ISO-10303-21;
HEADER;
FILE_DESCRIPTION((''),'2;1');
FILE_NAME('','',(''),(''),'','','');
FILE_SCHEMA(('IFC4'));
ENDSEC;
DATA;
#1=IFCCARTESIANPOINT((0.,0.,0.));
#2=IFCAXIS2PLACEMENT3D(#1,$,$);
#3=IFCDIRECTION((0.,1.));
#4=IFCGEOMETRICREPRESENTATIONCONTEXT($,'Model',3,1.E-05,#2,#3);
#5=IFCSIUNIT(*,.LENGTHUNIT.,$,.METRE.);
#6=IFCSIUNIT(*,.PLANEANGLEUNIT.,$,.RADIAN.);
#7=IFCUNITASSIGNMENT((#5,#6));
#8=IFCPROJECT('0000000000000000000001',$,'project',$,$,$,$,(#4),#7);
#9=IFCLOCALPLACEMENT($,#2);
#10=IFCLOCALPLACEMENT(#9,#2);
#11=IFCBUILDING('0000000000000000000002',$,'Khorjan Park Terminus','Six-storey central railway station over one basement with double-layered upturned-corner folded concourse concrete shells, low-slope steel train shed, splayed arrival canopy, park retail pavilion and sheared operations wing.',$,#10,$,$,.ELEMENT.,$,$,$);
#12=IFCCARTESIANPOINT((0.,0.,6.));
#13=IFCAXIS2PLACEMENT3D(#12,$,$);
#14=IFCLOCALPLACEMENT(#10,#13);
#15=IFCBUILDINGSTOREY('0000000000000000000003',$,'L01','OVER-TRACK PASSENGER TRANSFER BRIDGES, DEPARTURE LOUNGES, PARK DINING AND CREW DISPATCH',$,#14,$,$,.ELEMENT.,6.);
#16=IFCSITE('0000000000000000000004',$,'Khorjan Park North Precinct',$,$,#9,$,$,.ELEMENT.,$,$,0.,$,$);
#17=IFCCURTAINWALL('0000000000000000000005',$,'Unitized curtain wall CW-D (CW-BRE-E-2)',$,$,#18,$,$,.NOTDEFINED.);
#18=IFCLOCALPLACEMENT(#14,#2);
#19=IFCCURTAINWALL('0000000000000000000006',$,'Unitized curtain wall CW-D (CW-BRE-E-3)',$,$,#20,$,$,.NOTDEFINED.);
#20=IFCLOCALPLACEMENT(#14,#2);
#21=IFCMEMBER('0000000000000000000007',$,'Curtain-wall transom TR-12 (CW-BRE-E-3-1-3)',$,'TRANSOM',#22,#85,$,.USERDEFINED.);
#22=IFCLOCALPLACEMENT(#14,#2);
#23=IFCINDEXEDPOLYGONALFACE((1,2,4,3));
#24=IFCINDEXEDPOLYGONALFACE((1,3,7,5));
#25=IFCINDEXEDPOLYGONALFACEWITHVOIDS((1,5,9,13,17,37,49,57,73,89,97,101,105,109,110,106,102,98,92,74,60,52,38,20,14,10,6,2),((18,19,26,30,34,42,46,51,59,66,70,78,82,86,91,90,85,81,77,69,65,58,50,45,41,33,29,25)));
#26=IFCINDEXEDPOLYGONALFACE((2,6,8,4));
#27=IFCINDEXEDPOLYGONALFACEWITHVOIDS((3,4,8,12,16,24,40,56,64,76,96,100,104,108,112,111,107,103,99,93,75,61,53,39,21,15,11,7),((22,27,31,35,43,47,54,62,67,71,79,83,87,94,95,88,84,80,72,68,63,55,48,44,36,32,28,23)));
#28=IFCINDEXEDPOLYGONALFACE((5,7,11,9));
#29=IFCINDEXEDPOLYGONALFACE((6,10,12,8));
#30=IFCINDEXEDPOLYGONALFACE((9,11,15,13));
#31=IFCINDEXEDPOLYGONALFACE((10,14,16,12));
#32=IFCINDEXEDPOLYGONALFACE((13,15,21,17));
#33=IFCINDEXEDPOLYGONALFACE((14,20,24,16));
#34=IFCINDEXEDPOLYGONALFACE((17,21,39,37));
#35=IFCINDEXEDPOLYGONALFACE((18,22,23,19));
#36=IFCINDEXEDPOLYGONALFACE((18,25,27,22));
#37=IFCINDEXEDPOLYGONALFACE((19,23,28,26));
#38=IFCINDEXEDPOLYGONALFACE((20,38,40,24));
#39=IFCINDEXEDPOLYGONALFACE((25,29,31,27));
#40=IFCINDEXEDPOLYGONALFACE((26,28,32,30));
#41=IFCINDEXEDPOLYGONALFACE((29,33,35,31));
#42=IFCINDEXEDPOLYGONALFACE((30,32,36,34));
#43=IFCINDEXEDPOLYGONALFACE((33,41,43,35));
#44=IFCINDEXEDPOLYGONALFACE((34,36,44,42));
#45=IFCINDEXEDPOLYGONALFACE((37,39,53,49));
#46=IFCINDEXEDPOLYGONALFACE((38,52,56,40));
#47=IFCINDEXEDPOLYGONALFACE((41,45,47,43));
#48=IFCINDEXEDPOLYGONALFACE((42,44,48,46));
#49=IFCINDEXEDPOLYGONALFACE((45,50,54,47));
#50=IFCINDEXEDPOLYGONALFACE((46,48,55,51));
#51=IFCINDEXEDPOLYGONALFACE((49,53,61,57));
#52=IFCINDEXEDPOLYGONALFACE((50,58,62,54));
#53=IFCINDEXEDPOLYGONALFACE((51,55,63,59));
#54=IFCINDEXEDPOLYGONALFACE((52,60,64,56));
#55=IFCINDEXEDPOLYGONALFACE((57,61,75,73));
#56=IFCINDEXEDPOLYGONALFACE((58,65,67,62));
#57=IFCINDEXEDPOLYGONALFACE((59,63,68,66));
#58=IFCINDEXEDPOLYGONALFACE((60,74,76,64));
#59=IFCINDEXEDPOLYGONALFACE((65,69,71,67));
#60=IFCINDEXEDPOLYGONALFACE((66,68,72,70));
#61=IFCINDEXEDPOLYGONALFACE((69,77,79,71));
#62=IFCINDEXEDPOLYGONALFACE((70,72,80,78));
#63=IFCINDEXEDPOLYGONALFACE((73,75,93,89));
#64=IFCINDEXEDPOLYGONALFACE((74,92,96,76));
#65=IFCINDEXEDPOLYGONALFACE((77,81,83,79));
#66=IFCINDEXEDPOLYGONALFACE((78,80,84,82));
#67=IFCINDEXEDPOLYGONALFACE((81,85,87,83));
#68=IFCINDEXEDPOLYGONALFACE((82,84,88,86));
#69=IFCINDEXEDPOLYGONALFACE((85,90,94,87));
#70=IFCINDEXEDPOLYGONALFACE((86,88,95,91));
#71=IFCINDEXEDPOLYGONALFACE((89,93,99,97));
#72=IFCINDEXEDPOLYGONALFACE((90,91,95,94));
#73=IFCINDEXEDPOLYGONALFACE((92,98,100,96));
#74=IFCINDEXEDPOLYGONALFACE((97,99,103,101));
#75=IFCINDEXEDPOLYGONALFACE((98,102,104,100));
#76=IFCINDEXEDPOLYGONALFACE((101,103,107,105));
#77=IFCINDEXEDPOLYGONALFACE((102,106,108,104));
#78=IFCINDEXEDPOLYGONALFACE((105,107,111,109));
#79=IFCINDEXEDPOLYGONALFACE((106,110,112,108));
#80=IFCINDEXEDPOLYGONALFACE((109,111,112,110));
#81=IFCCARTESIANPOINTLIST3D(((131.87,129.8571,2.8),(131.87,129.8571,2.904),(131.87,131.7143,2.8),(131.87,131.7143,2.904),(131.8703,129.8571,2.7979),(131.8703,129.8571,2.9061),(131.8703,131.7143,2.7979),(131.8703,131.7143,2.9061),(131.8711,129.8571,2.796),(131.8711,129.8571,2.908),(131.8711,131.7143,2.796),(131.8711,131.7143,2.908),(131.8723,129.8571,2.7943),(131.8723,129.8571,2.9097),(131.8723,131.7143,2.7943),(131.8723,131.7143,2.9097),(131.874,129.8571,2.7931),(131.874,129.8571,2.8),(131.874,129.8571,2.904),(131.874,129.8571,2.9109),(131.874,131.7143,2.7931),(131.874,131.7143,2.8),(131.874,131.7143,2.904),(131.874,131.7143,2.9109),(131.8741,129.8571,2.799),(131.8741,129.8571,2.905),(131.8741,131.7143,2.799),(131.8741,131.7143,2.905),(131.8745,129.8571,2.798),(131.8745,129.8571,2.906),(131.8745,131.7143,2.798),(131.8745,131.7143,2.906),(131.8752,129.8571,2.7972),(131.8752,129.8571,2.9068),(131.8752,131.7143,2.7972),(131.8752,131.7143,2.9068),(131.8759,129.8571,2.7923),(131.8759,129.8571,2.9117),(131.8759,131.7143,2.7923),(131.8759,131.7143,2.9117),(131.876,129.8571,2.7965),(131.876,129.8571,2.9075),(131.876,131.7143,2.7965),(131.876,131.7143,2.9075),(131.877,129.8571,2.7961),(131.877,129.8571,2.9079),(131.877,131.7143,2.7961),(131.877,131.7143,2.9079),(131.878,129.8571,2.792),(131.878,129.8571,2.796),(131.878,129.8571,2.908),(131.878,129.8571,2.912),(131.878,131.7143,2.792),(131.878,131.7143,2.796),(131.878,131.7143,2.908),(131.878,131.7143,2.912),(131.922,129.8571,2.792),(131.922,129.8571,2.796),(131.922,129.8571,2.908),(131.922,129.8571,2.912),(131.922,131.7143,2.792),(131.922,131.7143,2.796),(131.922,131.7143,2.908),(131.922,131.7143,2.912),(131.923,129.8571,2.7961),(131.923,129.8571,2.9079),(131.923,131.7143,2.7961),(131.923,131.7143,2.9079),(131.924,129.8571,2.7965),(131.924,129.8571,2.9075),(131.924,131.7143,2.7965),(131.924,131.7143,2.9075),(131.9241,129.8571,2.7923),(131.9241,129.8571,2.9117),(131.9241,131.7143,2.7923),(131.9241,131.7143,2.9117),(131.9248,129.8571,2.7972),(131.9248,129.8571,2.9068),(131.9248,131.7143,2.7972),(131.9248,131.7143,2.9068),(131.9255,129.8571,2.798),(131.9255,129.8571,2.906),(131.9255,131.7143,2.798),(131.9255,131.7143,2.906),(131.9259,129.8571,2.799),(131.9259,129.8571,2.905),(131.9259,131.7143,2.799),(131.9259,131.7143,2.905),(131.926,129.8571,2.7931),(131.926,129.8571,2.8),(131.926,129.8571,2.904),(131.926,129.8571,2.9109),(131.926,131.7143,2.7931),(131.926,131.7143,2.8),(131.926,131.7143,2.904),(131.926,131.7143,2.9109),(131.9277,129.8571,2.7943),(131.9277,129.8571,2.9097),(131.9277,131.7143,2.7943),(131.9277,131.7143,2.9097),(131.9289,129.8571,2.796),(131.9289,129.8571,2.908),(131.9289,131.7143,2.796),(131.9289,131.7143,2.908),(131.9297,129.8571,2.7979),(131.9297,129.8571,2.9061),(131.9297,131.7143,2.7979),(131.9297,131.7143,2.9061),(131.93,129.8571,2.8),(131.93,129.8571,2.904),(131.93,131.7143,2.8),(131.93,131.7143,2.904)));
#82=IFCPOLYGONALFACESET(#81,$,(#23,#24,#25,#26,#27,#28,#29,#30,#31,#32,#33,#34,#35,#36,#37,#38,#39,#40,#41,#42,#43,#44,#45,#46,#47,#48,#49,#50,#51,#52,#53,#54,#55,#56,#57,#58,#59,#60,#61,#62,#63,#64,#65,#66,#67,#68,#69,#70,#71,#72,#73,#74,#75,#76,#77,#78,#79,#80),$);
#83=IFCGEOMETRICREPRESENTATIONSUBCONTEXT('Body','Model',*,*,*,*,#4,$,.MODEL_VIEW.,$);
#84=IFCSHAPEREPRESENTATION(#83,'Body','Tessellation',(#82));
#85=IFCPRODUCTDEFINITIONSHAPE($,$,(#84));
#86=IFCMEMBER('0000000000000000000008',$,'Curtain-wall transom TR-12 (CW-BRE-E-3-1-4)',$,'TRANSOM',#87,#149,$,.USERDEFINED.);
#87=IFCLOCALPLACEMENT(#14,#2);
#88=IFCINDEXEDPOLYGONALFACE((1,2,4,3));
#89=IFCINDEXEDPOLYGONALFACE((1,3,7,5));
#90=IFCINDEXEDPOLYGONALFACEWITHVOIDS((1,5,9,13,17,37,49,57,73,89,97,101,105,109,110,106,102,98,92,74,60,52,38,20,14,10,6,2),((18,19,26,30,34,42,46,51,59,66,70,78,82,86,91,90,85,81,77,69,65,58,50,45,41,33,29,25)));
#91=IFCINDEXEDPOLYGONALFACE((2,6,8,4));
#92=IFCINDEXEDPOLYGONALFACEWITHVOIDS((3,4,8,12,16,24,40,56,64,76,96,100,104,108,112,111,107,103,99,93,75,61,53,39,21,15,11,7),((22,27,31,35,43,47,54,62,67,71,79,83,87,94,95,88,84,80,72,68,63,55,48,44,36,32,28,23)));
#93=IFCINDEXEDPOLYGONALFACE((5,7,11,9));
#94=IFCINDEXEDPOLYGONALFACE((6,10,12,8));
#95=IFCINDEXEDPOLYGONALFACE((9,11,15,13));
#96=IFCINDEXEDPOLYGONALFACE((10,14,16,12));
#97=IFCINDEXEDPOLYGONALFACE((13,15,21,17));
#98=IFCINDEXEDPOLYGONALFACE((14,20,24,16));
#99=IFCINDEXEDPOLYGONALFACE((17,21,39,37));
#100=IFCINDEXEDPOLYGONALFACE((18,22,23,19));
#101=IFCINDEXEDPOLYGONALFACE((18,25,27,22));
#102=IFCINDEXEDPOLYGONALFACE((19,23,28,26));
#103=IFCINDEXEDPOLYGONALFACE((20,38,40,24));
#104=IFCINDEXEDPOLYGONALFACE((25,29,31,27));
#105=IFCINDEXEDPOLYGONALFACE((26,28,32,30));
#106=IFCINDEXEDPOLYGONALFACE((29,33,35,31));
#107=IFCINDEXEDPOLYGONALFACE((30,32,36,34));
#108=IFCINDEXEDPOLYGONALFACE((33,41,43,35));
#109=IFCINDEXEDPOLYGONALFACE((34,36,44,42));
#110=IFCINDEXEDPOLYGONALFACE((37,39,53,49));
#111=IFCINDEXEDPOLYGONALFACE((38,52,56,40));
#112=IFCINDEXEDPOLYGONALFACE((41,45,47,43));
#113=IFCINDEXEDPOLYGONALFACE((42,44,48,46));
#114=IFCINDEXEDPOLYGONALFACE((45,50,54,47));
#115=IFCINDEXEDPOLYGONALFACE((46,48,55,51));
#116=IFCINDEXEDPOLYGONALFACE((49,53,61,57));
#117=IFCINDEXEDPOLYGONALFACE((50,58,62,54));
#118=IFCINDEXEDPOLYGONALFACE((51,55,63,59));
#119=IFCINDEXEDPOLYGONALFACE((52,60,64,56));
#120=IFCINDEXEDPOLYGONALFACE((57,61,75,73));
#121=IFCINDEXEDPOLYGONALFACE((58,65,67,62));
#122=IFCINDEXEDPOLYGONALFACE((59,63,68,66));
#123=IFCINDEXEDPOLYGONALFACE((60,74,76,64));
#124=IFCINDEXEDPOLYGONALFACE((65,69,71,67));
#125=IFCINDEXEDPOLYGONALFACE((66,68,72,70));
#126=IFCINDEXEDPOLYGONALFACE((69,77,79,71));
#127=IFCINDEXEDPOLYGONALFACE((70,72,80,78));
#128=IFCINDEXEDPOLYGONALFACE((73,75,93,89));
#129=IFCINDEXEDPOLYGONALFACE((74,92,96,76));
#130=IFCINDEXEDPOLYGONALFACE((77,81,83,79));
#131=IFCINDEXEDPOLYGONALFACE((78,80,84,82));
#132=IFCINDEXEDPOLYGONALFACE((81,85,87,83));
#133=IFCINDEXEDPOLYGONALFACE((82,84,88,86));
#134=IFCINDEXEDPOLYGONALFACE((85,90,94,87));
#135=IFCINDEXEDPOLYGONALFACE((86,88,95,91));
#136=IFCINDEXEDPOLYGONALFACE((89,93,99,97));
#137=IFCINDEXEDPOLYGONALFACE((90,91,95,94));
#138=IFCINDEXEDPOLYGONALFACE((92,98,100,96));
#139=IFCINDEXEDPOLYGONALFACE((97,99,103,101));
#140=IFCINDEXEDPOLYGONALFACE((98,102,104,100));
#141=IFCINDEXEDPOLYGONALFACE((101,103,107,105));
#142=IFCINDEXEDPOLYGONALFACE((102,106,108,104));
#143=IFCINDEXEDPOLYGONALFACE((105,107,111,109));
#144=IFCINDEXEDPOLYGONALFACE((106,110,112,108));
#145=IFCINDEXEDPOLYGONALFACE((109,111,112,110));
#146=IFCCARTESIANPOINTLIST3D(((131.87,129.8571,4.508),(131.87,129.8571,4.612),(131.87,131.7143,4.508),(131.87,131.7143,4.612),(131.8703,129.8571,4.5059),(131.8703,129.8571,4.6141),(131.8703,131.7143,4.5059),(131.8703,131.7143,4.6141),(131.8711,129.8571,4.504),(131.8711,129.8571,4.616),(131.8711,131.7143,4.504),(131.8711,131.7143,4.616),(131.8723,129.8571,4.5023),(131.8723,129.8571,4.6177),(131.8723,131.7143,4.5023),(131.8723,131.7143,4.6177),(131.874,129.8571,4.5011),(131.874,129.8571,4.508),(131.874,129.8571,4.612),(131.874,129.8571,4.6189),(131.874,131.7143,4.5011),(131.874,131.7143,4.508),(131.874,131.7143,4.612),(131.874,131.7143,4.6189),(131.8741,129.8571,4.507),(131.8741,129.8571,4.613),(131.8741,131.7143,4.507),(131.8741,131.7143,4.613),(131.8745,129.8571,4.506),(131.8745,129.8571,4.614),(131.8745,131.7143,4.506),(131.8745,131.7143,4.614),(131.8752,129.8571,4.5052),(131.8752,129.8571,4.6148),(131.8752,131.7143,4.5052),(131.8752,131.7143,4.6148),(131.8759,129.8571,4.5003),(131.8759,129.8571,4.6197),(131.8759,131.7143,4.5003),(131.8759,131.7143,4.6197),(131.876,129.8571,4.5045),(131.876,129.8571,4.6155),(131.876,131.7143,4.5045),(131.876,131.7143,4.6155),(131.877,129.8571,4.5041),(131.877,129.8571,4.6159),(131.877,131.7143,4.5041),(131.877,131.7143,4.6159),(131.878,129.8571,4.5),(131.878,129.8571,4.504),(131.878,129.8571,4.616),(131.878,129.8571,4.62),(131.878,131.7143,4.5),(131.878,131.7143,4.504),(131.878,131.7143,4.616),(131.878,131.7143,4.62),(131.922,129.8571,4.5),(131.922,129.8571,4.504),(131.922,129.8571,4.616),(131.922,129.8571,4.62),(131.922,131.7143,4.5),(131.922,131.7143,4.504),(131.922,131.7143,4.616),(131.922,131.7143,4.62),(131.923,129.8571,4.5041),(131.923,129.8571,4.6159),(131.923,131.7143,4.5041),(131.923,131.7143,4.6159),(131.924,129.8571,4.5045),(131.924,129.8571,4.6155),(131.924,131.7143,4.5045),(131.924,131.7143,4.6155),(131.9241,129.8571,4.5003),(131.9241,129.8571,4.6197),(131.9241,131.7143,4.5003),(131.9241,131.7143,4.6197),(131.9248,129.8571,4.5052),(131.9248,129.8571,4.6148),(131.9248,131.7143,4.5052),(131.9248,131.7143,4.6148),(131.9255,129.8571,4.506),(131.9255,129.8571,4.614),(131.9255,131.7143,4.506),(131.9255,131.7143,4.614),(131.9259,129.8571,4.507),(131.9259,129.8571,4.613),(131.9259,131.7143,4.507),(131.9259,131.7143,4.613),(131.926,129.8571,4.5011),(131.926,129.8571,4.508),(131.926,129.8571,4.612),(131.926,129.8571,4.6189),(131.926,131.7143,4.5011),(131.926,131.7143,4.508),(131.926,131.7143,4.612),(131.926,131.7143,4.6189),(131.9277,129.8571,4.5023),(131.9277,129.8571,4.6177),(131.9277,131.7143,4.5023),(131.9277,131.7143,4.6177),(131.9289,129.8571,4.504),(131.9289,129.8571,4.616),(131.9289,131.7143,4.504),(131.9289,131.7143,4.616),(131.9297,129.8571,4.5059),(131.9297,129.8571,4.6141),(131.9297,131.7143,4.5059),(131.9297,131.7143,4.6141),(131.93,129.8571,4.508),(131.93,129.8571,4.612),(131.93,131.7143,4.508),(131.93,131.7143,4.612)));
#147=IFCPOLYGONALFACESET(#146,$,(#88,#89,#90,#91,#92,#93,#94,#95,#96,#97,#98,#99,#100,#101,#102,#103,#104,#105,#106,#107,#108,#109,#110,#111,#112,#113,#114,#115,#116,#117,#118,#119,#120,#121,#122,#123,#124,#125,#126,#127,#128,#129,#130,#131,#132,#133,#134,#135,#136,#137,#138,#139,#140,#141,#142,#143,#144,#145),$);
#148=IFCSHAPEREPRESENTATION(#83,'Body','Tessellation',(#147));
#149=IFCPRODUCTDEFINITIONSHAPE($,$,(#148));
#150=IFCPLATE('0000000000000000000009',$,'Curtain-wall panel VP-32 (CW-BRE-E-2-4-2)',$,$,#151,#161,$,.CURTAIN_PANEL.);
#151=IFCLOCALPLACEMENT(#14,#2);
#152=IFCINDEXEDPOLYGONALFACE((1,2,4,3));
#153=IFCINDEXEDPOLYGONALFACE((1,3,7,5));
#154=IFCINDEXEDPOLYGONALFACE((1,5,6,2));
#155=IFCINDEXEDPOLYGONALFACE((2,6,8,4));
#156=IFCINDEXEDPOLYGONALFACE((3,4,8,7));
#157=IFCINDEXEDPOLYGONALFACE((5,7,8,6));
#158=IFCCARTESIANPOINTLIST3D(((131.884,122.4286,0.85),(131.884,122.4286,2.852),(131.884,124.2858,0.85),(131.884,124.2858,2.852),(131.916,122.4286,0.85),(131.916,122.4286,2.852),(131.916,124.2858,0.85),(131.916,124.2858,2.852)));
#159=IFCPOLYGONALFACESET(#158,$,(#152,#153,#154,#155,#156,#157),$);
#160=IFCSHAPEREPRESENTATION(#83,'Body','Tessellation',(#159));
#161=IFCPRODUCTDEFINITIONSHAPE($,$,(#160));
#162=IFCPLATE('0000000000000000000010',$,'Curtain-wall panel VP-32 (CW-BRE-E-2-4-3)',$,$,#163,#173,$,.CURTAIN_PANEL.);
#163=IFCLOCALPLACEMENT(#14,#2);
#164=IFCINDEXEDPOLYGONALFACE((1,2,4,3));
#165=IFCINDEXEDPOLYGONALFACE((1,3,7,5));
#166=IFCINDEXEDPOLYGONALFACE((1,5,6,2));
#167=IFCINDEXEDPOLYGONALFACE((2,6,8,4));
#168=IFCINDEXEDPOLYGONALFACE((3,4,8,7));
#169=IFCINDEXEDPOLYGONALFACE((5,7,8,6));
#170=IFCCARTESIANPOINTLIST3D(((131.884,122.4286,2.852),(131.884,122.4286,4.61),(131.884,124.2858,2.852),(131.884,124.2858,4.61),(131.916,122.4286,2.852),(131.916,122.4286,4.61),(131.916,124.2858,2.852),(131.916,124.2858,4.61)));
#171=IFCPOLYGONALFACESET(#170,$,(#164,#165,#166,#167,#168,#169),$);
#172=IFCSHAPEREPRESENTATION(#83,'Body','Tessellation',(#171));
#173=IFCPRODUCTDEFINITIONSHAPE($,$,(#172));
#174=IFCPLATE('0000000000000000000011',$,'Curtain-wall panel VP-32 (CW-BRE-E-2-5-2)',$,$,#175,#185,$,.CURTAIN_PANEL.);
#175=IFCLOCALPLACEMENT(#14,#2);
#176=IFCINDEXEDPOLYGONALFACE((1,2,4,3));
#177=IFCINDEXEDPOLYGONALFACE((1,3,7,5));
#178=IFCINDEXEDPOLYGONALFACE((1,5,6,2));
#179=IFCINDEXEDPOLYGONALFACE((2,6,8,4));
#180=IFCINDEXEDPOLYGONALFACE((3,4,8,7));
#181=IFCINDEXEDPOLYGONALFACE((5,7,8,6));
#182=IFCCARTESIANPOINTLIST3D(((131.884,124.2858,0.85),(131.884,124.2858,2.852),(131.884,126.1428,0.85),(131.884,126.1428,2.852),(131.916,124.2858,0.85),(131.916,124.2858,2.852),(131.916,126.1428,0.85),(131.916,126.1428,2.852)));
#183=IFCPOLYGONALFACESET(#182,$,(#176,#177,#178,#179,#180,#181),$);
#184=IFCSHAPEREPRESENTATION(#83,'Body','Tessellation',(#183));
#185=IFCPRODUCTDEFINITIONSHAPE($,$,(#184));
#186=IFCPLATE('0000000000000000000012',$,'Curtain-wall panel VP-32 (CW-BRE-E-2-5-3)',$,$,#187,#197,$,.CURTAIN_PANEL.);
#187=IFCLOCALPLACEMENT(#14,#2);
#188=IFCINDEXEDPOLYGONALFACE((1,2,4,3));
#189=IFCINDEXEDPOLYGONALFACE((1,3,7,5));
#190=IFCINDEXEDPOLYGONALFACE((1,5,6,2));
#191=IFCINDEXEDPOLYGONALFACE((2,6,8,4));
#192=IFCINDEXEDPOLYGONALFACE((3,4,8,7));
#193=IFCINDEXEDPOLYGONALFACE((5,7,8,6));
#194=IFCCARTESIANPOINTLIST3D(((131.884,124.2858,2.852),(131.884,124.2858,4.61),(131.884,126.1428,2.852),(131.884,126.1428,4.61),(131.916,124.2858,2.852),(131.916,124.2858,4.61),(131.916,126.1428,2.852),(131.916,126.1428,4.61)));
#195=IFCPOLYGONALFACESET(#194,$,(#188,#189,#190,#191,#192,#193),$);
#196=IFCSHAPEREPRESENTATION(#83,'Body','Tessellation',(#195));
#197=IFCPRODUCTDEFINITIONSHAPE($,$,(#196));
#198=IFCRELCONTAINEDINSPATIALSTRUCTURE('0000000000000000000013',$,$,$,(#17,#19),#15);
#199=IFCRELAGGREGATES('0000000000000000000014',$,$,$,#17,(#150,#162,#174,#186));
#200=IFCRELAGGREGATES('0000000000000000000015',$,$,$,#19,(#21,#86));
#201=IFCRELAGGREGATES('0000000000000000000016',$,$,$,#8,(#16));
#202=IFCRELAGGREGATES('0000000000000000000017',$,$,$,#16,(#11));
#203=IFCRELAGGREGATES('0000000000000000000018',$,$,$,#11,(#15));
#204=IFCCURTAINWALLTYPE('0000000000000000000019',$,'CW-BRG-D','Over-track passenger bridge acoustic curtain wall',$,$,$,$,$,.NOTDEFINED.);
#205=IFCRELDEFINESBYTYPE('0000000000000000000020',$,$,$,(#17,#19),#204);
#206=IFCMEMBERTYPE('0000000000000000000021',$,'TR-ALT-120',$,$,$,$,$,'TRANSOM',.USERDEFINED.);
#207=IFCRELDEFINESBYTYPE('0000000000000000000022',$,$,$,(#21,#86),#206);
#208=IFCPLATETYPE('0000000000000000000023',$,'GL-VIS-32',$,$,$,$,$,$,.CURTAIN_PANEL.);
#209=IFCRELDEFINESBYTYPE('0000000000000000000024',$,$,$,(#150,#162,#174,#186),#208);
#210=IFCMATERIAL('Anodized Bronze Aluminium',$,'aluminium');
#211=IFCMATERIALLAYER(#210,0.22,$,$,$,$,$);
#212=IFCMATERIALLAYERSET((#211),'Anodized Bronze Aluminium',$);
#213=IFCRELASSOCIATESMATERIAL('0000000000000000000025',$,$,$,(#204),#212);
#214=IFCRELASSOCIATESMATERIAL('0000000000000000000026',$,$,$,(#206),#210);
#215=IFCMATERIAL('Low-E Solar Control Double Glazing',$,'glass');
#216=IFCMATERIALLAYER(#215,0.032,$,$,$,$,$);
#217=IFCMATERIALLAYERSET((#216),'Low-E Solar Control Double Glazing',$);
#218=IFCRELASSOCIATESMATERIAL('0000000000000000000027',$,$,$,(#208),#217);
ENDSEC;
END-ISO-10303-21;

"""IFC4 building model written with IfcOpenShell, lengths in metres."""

from ifc_helpers import new_model, si_unit, direction, frame, origin, origin_2d, place, context, subcontext, project, spatial, rectangle, hollow_rectangle, extrude, material, layer, layer_set, material_profile, profile_set, type_object, element, aggregate, save


model = new_model("IFC4")

# Units and contexts
model_context = context("Model", 3, precision=1e-05, world=origin(), true_north=direction((0.0, 1.0)))
body_context = subcontext(model_context, "Body", "Model", "MODEL_VIEW")
ifc_project = project(units=[si_unit("LENGTHUNIT", "METRE"), si_unit("PLANEANGLEUNIT", "RADIAN")], contexts=[model_context])

# Site, building, storey
site_placement = place(None, origin())
site = spatial("IfcSite", under=ifc_project, at=site_placement, Name="Khorjan Park North Precinct", CompositionType="ELEMENT", RefElevation=0.0)
building_placement = place(site_placement, origin())
building = spatial("IfcBuilding", under=site, at=building_placement, Name="Khorjan Park Terminus", Description="Six-storey central railway station over one basement with double-layered upturned-corner folded concourse concrete shells, low-slope steel train shed, splayed arrival canopy, park retail pavilion and sheared operations wing.", CompositionType="ELEMENT")
storey_placement = place(building_placement, frame((0.0, 0.0, 6.0)))
storey = spatial("IfcBuildingStorey", under=building, at=storey_placement, Name="L01", Description="OVER-TRACK PASSENGER TRANSFER BRIDGES, DEPARTURE LOUNGES, PARK DINING AND CREW DISPATCH", CompositionType="ELEMENT", Elevation=6.0)

# Curtain wall
ifc_material_1 = material(Name="Anodized Bronze Aluminium", Category="aluminium")
ifc_layer_1 = layer(ifc_material_1, 0.22)
ifc_layer_set_1 = layer_set([ifc_layer_1], Name="Anodized Bronze Aluminium")
curtain_wall_type = type_object("IfcCurtainWallType", Name="CW-BRG-D", Description="Over-track passenger bridge acoustic curtain wall", PredefinedType="NOTDEFINED", material=ifc_layer_set_1)
curtain_wall_1_placement = place(storey_placement, origin())
curtain_wall_1 = element("IfcCurtainWall", 1, at=curtain_wall_1_placement, inside=storey, type_object=curtain_wall_type, Name="Unitized curtain wall CW-D (CW-BRE-E-2)", PredefinedType="NOTDEFINED")

# Curtain wall
curtain_wall_2_placement = place(storey_placement, origin())
curtain_wall_2 = element("IfcCurtainWall", 2, at=curtain_wall_2_placement, inside=storey, type_object=curtain_wall_type, Name="Unitized curtain wall CW-D (CW-BRE-E-3)", PredefinedType="NOTDEFINED")

# Members
ifc_material_profile_1 = material_profile(ifc_material_1, hollow_rectangle(XDim=0.06, YDim=0.12, WallThickness=0.004, InnerFilletRadius=0.004, OuterFilletRadius=0.008, at=origin_2d()), Name="ALT 60x120x4")
ifc_profile_set_1 = profile_set([ifc_material_profile_1], Name="Anodized Bronze Aluminium")
member_type_1 = type_object("IfcMemberType", Name="TR-ALT-120", ElementType="TRANSOM", PredefinedType="USERDEFINED", material=ifc_profile_set_1)
member_1_placement = place(storey_placement, frame((131.9, 129.8571, 2.852), z_axis=(0.0, 1.0, 0.0), x_axis=(-1.0, 0.0, 0.0)))
member_1 = element("IfcMember", 3, at=member_1_placement, type_object=member_type_1, Name="Curtain-wall transom TR-12 (CW-BRE-E-3-1-3)", ObjectType="TRANSOM", PredefinedType="USERDEFINED", context=body_context, shape_type="SweptSolid", body=[
    extrude(hollow_rectangle(XDim=0.06, YDim=0.12, WallThickness=0.004, InnerFilletRadius=0.004, OuterFilletRadius=0.008, at=origin_2d()), origin(), (0.0, 0.0, 1.0), 1.8572),
])
member_2_placement = place(storey_placement, frame((131.9, 129.8571, 4.56), z_axis=(0.0, 1.0, 0.0), x_axis=(-1.0, 0.0, 0.0)))
member_2 = element("IfcMember", 4, at=member_2_placement, type_object=member_type_1, Name="Curtain-wall transom TR-12 (CW-BRE-E-3-1-4)", ObjectType="TRANSOM", PredefinedType="USERDEFINED", context=body_context, shape_type="SweptSolid", body=[
    extrude(hollow_rectangle(XDim=0.06, YDim=0.12, WallThickness=0.004, InnerFilletRadius=0.004, OuterFilletRadius=0.008, at=origin_2d()), origin(), (0.0, 0.0, 1.0), 1.8572),
])

# Plates
ifc_material_2 = material(Name="Low-E Solar Control Double Glazing", Category="glass")
ifc_layer_2 = layer(ifc_material_2, 0.032)
ifc_layer_set_2 = layer_set([ifc_layer_2], Name="Low-E Solar Control Double Glazing")
plate_type_1 = type_object("IfcPlateType", Name="GL-VIS-32", PredefinedType="CURTAIN_PANEL", material=ifc_layer_set_2)
plate_1_placement = place(storey_placement, frame((131.9, 123.3572, 0.85), z_axis=(0.0, 0.0, 1.0), x_axis=(0.0, 1.0, 0.0)))
plate_1 = element("IfcPlate", 5, at=plate_1_placement, type_object=plate_type_1, Name="Curtain-wall panel VP-32 (CW-BRE-E-2-4-2)", PredefinedType="CURTAIN_PANEL", context=body_context, shape_type="SweptSolid", body=[
    extrude(rectangle(XDim=1.8571, YDim=0.032, at=origin_2d()), origin(), (0.0, 0.0, 1.0), 2.002),
])
plate_2_placement = place(storey_placement, frame((131.9, 123.3572, 2.852), z_axis=(0.0, 0.0, 1.0), x_axis=(0.0, 1.0, 0.0)))
plate_2 = element("IfcPlate", 6, at=plate_2_placement, type_object=plate_type_1, Name="Curtain-wall panel VP-32 (CW-BRE-E-2-4-3)", PredefinedType="CURTAIN_PANEL", context=body_context, shape_type="SweptSolid", body=[
    extrude(rectangle(XDim=1.8571, YDim=0.032, at=origin_2d()), origin(), (0.0, 0.0, 1.0), 1.758),
])
plate_3_placement = place(storey_placement, frame((131.9, 125.2143, 0.85), z_axis=(0.0, 0.0, 1.0), x_axis=(0.0, 1.0, 0.0)))
plate_3 = element("IfcPlate", 7, at=plate_3_placement, type_object=plate_type_1, Name="Curtain-wall panel VP-32 (CW-BRE-E-2-5-2)", PredefinedType="CURTAIN_PANEL", context=body_context, shape_type="SweptSolid", body=[
    extrude(rectangle(XDim=1.8571, YDim=0.032, at=origin_2d()), origin(), (0.0, 0.0, 1.0), 2.002),
])
plate_4_placement = place(storey_placement, frame((131.9, 125.2143, 2.852), z_axis=(0.0, 0.0, 1.0), x_axis=(0.0, 1.0, 0.0)))
plate_4 = element("IfcPlate", 8, at=plate_4_placement, type_object=plate_type_1, Name="Curtain-wall panel VP-32 (CW-BRE-E-2-5-3)", PredefinedType="CURTAIN_PANEL", context=body_context, shape_type="SweptSolid", body=[
    extrude(rectangle(XDim=1.8571, YDim=0.032, at=origin_2d()), origin(), (0.0, 0.0, 1.0), 1.758),
])
aggregate(curtain_wall_1, [plate_1, plate_2, plate_3, plate_4])
aggregate(curtain_wall_2, [member_1, member_2])

save(model, "model.ifc")
